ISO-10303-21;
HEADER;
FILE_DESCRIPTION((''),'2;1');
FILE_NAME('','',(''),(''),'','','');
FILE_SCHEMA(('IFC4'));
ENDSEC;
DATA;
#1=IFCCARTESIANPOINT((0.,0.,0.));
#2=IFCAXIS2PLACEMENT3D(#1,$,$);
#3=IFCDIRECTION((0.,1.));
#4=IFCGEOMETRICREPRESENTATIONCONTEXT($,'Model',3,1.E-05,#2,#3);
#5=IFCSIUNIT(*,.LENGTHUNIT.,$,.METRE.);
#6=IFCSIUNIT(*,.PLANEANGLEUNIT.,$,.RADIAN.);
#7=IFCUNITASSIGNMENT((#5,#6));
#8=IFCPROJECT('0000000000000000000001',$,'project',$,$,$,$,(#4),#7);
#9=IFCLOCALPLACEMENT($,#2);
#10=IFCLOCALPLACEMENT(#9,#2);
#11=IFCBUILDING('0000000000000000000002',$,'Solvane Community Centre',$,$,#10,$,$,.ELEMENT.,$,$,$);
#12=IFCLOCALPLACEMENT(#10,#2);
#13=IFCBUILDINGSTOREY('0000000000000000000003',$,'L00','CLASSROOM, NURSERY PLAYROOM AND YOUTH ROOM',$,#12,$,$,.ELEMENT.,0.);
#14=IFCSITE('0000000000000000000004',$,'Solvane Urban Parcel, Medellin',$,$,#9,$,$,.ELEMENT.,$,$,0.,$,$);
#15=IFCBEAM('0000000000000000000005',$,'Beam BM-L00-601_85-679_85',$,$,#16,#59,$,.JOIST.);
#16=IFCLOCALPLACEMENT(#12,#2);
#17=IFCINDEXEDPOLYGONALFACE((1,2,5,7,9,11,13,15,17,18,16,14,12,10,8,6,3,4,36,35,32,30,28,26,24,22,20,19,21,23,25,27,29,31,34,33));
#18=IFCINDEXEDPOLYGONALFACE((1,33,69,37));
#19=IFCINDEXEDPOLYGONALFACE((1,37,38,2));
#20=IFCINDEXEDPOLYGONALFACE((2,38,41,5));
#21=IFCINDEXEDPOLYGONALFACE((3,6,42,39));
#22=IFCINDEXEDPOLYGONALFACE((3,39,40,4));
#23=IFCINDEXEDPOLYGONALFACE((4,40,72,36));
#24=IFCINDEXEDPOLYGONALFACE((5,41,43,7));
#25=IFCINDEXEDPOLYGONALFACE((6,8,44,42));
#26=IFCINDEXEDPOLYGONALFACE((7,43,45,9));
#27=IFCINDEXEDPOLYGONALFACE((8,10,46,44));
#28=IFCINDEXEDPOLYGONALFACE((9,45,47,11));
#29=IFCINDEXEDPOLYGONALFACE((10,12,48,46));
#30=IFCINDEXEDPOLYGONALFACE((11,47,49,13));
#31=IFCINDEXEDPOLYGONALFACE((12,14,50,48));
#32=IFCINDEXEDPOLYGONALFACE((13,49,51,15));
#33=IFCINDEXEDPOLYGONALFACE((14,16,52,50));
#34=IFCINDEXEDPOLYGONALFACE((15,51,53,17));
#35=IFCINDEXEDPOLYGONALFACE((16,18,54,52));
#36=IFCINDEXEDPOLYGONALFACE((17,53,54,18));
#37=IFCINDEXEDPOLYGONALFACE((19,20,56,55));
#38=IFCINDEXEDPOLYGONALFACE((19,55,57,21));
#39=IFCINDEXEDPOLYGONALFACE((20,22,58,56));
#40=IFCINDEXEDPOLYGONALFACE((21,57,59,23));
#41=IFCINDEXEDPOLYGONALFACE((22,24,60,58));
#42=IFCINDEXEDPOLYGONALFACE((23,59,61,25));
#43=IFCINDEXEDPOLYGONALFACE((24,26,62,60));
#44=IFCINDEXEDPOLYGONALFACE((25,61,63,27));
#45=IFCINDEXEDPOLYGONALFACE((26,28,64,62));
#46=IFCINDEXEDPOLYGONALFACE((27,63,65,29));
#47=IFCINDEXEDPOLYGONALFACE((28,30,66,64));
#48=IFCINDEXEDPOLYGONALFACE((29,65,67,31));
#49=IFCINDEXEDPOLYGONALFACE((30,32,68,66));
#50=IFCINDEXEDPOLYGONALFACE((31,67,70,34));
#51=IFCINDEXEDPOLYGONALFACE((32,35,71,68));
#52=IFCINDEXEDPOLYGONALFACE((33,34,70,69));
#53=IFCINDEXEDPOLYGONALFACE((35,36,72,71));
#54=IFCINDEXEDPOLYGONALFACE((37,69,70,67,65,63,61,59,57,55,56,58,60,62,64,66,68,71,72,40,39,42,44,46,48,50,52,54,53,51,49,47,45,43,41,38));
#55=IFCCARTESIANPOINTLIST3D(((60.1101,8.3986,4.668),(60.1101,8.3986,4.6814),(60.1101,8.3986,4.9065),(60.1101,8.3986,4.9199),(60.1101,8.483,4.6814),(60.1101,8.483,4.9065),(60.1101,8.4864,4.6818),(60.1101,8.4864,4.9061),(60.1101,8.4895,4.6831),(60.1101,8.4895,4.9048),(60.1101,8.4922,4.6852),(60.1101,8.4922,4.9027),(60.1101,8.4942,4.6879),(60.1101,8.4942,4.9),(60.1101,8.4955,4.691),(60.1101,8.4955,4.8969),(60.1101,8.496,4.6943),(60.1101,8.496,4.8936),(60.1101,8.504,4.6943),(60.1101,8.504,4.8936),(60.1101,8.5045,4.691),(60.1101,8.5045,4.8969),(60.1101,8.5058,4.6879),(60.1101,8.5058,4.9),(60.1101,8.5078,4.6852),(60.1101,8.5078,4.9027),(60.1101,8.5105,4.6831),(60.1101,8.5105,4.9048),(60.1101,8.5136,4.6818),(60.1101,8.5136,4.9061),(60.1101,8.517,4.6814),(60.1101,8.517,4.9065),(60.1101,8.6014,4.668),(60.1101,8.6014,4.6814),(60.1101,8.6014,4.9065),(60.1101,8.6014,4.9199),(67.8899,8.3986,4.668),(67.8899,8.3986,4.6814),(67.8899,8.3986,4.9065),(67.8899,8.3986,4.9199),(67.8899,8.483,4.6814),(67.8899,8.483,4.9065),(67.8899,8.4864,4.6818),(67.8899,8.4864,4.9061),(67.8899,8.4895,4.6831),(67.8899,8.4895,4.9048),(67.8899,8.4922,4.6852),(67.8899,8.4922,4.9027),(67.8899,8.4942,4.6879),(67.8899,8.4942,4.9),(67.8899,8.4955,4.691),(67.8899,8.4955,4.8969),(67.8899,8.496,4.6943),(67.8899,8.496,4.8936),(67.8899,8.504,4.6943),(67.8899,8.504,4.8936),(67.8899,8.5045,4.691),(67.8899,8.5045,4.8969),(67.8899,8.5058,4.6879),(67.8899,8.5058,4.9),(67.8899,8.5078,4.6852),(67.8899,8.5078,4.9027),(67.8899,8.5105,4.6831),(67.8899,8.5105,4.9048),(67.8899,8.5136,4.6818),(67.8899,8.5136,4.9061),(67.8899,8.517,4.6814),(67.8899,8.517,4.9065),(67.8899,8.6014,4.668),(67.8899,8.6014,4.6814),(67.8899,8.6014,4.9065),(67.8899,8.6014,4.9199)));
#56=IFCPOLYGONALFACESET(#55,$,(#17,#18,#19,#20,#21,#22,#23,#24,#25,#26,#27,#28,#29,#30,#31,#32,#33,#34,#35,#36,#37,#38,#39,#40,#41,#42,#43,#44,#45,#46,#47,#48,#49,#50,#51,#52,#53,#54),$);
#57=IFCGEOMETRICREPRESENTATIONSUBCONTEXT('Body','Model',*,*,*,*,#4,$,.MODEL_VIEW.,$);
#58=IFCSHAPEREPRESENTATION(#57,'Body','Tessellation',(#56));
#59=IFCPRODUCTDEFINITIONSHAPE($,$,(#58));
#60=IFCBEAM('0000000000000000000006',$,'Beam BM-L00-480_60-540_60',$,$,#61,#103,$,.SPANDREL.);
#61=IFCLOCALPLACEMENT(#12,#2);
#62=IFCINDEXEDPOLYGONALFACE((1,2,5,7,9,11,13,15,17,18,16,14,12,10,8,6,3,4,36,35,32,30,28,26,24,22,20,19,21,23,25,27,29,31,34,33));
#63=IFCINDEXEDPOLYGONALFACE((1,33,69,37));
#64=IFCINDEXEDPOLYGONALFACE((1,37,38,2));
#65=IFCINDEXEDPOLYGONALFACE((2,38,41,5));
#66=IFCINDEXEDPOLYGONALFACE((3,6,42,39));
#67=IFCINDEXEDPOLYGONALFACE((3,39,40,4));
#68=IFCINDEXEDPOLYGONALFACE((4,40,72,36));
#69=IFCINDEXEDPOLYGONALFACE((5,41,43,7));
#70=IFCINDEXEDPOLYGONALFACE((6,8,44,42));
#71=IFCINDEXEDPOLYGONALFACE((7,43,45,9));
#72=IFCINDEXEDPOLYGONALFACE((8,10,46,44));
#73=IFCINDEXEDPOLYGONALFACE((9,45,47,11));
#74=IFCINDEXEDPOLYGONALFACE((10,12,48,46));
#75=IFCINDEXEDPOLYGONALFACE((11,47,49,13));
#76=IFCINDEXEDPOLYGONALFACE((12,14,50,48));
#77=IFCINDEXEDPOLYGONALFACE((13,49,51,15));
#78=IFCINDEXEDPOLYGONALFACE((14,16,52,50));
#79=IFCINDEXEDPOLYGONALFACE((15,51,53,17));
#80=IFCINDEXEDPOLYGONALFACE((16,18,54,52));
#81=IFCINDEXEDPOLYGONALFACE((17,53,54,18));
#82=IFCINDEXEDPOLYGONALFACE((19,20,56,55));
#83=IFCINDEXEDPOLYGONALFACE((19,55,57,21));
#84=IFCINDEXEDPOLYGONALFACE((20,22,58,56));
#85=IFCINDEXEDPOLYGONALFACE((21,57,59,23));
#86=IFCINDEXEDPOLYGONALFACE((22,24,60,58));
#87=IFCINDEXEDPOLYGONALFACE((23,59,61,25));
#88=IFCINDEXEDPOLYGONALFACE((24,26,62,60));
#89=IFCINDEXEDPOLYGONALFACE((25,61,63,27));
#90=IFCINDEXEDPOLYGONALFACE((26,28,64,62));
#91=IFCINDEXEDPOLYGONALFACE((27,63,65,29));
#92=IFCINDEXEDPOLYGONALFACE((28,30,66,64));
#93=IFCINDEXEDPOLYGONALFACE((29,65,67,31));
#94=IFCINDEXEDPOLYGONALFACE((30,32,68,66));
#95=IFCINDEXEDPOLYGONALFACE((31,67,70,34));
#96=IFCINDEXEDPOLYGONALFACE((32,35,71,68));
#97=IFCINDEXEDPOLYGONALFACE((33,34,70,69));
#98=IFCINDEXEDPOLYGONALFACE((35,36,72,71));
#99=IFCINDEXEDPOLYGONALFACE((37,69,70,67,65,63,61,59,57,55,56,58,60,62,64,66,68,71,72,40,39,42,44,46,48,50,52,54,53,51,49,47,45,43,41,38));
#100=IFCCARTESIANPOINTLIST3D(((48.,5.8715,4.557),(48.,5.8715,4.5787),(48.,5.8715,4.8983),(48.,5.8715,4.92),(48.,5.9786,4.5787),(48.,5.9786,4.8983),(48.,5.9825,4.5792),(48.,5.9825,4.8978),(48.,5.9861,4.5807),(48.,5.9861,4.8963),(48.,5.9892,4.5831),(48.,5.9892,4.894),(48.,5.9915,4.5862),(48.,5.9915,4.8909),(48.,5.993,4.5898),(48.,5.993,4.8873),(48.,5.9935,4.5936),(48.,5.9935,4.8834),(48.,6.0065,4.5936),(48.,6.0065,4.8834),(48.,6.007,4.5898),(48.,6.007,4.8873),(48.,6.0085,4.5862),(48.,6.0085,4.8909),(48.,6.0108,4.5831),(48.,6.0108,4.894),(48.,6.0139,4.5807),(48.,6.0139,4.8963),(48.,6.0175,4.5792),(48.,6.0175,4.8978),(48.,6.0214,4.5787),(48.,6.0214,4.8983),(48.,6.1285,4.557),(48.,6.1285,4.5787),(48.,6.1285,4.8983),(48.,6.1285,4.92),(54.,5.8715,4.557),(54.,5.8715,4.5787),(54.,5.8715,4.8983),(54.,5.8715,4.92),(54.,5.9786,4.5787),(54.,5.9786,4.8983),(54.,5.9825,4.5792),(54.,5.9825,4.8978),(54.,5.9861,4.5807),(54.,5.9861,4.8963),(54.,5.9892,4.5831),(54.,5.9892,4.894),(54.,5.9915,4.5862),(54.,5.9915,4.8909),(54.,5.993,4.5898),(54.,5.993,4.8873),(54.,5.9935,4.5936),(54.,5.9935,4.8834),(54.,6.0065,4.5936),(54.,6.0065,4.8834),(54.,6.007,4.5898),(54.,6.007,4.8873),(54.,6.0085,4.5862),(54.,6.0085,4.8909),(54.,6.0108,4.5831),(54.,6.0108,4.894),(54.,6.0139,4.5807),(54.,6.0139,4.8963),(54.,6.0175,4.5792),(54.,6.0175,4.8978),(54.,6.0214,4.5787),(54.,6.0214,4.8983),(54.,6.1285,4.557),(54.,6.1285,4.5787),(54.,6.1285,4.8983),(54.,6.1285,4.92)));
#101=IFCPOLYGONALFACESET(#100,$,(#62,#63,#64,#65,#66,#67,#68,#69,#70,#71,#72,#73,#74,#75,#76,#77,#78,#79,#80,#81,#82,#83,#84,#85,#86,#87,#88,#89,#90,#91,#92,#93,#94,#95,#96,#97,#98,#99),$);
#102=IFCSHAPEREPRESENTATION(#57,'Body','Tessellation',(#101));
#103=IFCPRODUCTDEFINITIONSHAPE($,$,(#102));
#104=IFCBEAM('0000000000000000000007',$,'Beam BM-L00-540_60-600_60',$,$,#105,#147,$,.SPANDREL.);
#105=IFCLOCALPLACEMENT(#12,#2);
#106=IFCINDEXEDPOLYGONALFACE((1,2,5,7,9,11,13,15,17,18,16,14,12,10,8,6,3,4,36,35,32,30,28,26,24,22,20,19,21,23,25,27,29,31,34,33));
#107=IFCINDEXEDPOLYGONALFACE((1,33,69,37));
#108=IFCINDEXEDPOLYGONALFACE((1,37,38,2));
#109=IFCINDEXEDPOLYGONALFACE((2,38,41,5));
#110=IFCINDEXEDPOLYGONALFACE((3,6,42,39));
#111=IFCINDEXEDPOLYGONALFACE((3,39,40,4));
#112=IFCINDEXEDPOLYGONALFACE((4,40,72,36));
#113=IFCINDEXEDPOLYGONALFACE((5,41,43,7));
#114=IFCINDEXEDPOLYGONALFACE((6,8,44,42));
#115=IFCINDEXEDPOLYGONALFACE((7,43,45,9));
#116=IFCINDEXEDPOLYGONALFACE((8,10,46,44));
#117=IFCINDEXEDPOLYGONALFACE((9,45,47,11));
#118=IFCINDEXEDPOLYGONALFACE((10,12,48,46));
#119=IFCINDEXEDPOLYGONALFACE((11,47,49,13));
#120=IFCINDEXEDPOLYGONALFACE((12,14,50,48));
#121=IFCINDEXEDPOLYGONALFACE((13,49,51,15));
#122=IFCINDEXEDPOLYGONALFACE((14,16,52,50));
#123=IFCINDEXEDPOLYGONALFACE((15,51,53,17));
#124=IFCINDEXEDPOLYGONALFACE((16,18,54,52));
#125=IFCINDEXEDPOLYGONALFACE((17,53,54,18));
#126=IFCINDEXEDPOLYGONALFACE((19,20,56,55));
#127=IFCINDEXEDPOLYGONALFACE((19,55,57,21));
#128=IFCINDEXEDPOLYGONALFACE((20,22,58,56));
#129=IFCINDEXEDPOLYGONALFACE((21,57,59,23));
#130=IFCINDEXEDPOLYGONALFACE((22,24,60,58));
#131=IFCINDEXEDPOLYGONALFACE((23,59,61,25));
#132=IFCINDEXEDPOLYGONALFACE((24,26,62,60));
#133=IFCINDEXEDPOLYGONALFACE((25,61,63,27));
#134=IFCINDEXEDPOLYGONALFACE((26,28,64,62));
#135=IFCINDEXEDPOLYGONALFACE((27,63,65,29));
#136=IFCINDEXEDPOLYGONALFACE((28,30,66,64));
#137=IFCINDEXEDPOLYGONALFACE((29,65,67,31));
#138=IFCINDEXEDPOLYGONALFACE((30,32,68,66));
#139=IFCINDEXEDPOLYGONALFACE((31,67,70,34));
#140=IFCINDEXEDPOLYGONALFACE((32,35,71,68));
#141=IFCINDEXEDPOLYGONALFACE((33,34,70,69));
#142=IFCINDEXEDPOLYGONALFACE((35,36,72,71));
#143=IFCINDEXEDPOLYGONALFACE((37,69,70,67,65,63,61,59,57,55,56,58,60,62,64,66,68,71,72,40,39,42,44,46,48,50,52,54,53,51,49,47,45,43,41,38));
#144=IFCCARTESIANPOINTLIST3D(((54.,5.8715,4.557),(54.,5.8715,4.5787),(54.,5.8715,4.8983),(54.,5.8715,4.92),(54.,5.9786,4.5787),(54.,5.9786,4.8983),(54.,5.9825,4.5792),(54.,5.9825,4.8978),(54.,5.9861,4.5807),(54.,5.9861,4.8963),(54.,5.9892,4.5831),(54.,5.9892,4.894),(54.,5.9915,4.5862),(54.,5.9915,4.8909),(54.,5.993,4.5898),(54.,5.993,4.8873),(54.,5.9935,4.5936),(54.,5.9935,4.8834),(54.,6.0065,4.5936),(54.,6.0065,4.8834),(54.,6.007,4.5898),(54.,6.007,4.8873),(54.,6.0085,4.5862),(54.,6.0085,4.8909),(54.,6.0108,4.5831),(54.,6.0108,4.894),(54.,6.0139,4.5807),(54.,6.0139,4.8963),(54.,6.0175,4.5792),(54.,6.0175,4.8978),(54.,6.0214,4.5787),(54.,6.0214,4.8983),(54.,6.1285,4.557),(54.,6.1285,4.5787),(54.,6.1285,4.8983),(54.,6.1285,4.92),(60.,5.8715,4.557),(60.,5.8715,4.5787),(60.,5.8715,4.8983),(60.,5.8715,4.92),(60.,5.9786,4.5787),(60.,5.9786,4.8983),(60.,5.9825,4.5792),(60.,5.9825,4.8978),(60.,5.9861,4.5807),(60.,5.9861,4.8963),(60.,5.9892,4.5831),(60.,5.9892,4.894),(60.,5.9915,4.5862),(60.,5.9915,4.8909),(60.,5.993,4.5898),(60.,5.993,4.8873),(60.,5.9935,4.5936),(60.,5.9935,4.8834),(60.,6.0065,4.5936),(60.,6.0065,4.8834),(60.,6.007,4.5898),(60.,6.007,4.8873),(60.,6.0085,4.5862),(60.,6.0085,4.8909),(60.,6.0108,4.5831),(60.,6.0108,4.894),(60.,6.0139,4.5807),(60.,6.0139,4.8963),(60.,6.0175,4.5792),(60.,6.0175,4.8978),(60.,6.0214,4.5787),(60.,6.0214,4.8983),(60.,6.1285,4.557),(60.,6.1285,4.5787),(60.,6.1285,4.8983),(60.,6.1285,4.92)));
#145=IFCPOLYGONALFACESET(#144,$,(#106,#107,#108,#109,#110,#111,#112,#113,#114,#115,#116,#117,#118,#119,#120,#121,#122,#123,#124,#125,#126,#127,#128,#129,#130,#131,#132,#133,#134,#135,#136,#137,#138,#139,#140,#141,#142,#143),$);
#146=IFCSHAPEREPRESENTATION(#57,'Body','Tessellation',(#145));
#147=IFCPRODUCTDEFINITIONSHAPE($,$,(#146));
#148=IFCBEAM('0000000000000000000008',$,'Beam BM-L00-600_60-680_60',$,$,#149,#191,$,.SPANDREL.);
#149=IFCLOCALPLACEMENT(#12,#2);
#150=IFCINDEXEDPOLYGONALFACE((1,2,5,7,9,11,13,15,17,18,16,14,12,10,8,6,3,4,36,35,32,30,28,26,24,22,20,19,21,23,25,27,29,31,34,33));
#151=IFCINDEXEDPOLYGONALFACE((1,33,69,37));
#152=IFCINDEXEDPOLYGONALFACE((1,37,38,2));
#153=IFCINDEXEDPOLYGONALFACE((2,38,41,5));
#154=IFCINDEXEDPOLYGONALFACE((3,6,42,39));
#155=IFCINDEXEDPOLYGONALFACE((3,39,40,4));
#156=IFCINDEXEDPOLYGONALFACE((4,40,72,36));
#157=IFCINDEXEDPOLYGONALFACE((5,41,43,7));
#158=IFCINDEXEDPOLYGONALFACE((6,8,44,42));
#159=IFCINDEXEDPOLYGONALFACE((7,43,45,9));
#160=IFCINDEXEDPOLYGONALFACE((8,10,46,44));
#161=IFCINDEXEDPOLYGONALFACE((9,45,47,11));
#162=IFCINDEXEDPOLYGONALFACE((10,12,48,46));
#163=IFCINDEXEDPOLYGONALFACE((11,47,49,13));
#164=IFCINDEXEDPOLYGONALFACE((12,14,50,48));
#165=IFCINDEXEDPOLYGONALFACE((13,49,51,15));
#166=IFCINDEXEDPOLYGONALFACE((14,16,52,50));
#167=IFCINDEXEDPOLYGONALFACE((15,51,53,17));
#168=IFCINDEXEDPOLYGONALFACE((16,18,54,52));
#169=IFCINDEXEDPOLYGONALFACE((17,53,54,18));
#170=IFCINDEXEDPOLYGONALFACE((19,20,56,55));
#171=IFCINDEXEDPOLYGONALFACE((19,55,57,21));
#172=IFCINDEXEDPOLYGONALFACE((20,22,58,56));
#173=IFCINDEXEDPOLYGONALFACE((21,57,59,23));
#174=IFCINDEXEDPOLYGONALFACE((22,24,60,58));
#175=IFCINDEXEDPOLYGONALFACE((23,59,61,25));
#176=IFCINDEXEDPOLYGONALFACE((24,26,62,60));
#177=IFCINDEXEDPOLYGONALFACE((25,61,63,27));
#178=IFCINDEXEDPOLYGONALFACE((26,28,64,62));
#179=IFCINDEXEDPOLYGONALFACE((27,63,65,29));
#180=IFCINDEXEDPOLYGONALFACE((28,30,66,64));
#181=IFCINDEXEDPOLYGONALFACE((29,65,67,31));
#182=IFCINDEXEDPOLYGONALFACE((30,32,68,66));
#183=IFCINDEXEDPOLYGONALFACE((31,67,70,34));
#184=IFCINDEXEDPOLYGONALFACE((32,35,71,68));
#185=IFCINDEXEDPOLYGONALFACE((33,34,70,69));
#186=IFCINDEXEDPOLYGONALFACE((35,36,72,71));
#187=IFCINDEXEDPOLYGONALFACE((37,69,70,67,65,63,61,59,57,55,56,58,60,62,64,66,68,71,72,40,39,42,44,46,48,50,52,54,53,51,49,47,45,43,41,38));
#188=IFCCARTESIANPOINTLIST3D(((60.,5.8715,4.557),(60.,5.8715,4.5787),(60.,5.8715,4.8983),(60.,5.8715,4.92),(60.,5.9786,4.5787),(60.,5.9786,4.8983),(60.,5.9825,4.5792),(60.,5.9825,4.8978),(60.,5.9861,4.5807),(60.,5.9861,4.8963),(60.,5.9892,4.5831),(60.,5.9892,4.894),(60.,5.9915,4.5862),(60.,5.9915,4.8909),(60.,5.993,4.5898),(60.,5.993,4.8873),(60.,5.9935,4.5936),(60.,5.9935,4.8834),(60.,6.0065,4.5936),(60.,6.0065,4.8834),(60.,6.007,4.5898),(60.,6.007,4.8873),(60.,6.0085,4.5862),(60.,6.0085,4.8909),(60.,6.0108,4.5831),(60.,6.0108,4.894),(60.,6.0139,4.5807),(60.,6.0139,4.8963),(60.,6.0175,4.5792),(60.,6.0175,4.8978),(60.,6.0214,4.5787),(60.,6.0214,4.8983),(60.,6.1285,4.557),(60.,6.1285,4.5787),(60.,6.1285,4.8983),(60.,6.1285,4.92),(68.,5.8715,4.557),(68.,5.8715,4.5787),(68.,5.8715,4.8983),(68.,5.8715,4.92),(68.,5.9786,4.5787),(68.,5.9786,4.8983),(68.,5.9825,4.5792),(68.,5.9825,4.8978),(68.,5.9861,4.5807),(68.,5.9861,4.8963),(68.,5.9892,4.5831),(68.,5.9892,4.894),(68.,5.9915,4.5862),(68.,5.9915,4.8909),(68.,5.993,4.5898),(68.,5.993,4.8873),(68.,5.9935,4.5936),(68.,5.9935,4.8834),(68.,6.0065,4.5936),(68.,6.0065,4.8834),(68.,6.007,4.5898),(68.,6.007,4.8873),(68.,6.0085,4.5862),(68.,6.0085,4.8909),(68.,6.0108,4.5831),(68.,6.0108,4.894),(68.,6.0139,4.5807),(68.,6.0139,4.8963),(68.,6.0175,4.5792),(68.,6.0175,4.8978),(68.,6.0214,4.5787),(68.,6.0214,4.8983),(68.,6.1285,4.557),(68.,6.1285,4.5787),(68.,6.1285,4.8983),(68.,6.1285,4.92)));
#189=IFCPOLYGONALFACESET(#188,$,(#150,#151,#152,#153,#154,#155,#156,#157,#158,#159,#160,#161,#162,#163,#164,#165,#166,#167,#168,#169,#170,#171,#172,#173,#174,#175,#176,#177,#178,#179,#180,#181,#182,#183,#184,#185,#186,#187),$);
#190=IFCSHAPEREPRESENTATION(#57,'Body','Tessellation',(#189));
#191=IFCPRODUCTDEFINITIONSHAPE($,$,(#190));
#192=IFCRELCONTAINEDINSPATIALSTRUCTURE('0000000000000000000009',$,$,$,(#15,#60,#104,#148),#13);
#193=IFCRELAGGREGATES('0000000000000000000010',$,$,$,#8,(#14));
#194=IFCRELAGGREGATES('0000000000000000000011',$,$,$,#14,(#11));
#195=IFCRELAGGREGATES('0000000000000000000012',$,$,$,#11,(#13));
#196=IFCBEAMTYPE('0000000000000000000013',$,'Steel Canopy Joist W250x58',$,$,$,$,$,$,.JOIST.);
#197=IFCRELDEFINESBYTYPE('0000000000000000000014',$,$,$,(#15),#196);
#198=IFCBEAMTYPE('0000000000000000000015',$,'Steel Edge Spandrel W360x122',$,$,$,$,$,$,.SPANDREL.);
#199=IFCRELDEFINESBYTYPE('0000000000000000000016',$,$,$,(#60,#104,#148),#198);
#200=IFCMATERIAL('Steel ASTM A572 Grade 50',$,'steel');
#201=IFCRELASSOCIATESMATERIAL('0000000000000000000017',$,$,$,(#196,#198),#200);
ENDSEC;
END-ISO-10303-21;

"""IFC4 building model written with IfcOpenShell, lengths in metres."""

from ifc_helpers import new_model, si_unit, direction, frame, origin, origin_2d, place, context, subcontext, project, spatial, i_section, extrude, material, material_profile, profile_set, type_object, element, save


model = new_model("IFC4")

# Units and contexts
model_context = context("Model", 3, precision=1e-05, world=origin(), true_north=direction((0.0, 1.0)))
body_context = subcontext(model_context, "Body", "Model", "MODEL_VIEW")
ifc_project = project(units=[si_unit("LENGTHUNIT", "METRE"), si_unit("PLANEANGLEUNIT", "RADIAN")], contexts=[model_context])

# Site, building, storey
site_placement = place(None, origin())
site = spatial("IfcSite", under=ifc_project, at=site_placement, Name="Solvane Urban Parcel, Medellin", CompositionType="ELEMENT", RefElevation=0.0)
building_placement = place(site_placement, origin())
building = spatial("IfcBuilding", under=site, at=building_placement, Name="Solvane Community Centre", CompositionType="ELEMENT")
storey_placement = place(building_placement, origin())
storey = spatial("IfcBuildingStorey", under=building, at=storey_placement, Name="L00", Description="CLASSROOM, NURSERY PLAYROOM AND YOUTH ROOM", CompositionType="ELEMENT", Elevation=0.0)

# Beams
ifc_material_1 = material(Name="Steel ASTM A572 Grade 50", Category="steel")
ifc_material_profile_1 = material_profile(ifc_material_1, i_section(OverallWidth=0.2029, OverallDepth=0.252, WebThickness=0.0081, FlangeThickness=0.0134, FilletRadius=0.0129, at=origin_2d()), Name="W250x58")
ifc_profile_set_1 = profile_set([ifc_material_profile_1], Name="Steel ASTM A572 Grade 50")
beam_type_1 = type_object("IfcBeamType", Name="Steel Canopy Joist W250x58", PredefinedType="JOIST", material=ifc_profile_set_1)
beam_1_placement = place(storey_placement, frame((60.1101, 8.5, 4.7939), z_axis=(1.0, 0.0, 0.0), x_axis=(0.0, 1.0, 0.0)))
element("IfcBeam", 1, at=beam_1_placement, inside=storey, type_object=beam_type_1, Name="Beam BM-L00-601_85-679_85", PredefinedType="JOIST", context=body_context, shape_type="SweptSolid", body=[
    extrude(i_section(OverallWidth=0.2029, OverallDepth=0.252, WebThickness=0.0081, FlangeThickness=0.0134, FilletRadius=0.0129, at=origin_2d()), origin(), (0.0, 0.0, 1.0), 7.7798),
])
ifc_material_profile_2 = material_profile(ifc_material_1, i_section(OverallWidth=0.2571, OverallDepth=0.363, WebThickness=0.0129, FlangeThickness=0.0217, FilletRadius=0.0149, at=origin_2d()), Name="W360x122")
ifc_profile_set_2 = profile_set([ifc_material_profile_2], Name="Steel ASTM A572 Grade 50")
beam_type_2 = type_object("IfcBeamType", Name="Steel Edge Spandrel W360x122", PredefinedType="SPANDREL", material=ifc_profile_set_2)
for number, where, z_axis, x_axis, name in (
    (2, (48.0, 6.0, 4.7385), (1.0, 0.0, 0.0), (0.0, 1.0, 0.0), "Beam BM-L00-480_60-540_60"),
    (3, (54.0, 6.0, 4.7385), (1.0, 0.0, 0.0), (0.0, 1.0, 0.0), "Beam BM-L00-540_60-600_60"),
):
    element("IfcBeam", number, at=place(storey_placement, frame(where, z_axis=z_axis, x_axis=x_axis)), inside=storey, type_object=beam_type_2, Name=name, PredefinedType="SPANDREL", context=body_context, shape_type="SweptSolid", body=[
        extrude(i_section(OverallWidth=0.2571, OverallDepth=0.363, WebThickness=0.0129, FlangeThickness=0.0217, FilletRadius=0.0149, at=origin_2d()), origin(), (0.0, 0.0, 1.0), 6.0),
    ])
beam_2_placement = place(storey_placement, frame((60.0, 6.0, 4.7385), z_axis=(1.0, 0.0, 0.0), x_axis=(0.0, 1.0, 0.0)))
element("IfcBeam", 4, at=beam_2_placement, inside=storey, type_object=beam_type_2, Name="Beam BM-L00-600_60-680_60", PredefinedType="SPANDREL", context=body_context, shape_type="SweptSolid", body=[
    extrude(i_section(OverallWidth=0.2571, OverallDepth=0.363, WebThickness=0.0129, FlangeThickness=0.0217, FilletRadius=0.0149, at=origin_2d()), origin(), (0.0, 0.0, 1.0), 8.0),
])

save(model, "model.ifc")
